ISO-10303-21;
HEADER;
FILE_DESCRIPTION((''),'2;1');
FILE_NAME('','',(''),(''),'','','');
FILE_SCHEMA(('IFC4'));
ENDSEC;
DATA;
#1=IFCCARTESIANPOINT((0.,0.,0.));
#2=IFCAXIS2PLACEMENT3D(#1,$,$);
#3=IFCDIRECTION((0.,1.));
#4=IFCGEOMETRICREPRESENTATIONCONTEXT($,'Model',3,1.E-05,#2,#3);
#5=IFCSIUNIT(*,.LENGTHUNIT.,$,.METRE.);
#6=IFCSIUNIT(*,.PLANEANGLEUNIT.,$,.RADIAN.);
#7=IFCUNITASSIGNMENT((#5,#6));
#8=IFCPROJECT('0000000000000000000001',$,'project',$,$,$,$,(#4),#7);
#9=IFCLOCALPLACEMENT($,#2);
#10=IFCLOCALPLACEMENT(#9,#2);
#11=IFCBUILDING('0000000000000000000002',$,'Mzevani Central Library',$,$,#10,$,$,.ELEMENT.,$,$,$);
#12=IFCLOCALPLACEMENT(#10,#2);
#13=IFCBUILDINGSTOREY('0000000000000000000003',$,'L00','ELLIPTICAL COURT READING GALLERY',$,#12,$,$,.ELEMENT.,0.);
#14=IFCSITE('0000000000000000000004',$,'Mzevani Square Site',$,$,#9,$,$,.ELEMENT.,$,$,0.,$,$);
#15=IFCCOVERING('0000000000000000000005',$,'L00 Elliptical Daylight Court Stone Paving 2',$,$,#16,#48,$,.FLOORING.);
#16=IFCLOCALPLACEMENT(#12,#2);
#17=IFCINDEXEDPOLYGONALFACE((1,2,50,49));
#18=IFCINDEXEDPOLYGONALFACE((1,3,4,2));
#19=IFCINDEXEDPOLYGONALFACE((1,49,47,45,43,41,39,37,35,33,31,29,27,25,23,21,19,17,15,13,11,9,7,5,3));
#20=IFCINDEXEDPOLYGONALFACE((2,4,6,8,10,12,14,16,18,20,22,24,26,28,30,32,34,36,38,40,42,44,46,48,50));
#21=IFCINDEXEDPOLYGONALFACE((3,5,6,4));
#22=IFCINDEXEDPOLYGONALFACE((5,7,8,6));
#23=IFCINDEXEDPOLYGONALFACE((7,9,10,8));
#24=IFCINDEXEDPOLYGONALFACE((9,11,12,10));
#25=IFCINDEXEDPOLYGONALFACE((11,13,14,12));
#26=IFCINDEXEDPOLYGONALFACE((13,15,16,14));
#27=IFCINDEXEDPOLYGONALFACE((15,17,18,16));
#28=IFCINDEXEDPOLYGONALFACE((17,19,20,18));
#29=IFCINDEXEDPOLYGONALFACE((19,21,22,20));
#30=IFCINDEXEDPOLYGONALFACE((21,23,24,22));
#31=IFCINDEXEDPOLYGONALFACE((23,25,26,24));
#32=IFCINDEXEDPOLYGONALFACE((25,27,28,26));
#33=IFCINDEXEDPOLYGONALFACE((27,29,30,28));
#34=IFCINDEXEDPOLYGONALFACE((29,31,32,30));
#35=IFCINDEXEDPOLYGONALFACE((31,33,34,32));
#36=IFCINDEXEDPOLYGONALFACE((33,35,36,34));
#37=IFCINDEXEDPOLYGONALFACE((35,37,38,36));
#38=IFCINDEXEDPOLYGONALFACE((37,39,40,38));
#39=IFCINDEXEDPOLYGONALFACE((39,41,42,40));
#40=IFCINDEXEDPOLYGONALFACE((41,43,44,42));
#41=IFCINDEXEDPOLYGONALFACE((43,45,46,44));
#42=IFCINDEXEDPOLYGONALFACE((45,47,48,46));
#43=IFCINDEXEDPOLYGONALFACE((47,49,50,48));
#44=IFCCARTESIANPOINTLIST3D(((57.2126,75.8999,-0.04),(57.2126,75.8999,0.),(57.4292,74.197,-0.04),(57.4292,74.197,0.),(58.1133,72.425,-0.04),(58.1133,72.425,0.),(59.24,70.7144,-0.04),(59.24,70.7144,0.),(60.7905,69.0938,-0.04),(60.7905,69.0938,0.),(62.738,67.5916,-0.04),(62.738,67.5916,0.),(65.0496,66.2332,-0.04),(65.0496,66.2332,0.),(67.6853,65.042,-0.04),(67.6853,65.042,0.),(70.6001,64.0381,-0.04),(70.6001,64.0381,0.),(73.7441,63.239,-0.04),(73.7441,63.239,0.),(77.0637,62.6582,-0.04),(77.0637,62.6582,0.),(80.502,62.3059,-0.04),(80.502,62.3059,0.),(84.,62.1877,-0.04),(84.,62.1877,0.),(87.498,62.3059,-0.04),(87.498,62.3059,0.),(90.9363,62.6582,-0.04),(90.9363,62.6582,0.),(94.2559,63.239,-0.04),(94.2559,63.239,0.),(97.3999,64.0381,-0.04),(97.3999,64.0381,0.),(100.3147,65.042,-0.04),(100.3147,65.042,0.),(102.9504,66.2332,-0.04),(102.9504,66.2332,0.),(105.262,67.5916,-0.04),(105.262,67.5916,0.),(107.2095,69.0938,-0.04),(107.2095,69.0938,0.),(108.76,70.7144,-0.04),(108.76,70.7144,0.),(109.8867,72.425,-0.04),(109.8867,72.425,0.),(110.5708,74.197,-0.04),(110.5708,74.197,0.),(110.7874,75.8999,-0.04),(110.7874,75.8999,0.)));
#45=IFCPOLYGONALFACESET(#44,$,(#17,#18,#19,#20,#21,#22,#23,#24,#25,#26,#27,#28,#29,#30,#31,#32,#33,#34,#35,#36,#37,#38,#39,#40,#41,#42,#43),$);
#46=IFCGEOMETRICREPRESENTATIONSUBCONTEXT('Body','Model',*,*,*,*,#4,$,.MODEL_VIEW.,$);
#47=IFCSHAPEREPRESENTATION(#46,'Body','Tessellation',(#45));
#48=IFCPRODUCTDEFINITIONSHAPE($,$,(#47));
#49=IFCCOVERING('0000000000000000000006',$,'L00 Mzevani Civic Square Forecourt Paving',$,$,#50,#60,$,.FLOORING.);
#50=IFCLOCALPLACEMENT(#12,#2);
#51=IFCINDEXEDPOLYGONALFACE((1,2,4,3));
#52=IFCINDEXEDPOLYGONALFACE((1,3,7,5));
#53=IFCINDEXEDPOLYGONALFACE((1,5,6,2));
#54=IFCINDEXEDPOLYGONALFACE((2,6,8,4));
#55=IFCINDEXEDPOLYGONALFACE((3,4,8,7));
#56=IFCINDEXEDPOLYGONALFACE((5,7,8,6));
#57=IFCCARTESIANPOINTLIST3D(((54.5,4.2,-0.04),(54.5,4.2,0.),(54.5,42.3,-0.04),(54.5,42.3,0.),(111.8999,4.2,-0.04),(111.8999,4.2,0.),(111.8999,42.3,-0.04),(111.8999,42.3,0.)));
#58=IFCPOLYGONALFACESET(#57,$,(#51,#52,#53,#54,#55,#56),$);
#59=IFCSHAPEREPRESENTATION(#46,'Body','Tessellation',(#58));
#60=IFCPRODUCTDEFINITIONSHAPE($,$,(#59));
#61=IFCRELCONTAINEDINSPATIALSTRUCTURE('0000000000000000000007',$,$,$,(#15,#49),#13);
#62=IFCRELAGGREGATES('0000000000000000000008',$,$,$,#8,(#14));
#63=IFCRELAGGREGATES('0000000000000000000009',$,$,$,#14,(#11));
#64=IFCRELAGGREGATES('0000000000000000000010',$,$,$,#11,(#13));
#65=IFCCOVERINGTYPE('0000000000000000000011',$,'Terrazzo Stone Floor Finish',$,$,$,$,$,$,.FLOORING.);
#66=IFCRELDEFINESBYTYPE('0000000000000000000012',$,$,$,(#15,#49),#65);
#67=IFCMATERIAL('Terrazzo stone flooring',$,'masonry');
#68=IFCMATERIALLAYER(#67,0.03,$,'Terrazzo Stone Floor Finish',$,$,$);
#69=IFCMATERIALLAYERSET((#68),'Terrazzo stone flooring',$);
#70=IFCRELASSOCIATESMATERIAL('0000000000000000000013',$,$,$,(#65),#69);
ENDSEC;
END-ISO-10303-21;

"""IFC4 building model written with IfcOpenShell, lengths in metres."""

from ifc_helpers import new_model, si_unit, direction, frame, origin, place, context, subcontext, project, spatial, polyline, outline, extrude, material, layer, layer_set, type_object, element, save


model = new_model("IFC4")

# Units and contexts
model_context = context("Model", 3, precision=1e-05, world=origin(), true_north=direction((0.0, 1.0)))
body_context = subcontext(model_context, "Body", "Model", "MODEL_VIEW")
ifc_project = project(units=[si_unit("LENGTHUNIT", "METRE"), si_unit("PLANEANGLEUNIT", "RADIAN")], contexts=[model_context])

# Site, building, storey
site_placement = place(None, origin())
site = spatial("IfcSite", under=ifc_project, at=site_placement, Name="Mzevani Square Site", CompositionType="ELEMENT", RefElevation=0.0)
building_placement = place(site_placement, origin())
building = spatial("IfcBuilding", under=site, at=building_placement, Name="Mzevani Central Library", CompositionType="ELEMENT")
storey_placement = place(building_placement, origin())
storey = spatial("IfcBuildingStorey", under=building, at=storey_placement, Name="L00", Description="ELLIPTICAL COURT READING GALLERY", CompositionType="ELEMENT", Elevation=0.0)

# Coverings
ifc_material_1 = material(Name="Terrazzo stone flooring", Category="masonry")
ifc_layer_1 = layer(ifc_material_1, 0.03, Name="Terrazzo Stone Floor Finish")
ifc_layer_set_1 = layer_set([ifc_layer_1], Name="Terrazzo stone flooring")
covering_type = type_object("IfcCoveringType", Name="Terrazzo Stone Floor Finish", PredefinedType="FLOORING", material=ifc_layer_set_1)
covering_1_placement = place(storey_placement, frame((0.0, 0.0, -0.04)))
element("IfcCovering", 1, at=covering_1_placement, inside=storey, type_object=covering_type, Name="L00 Elliptical Daylight Court Stone Paving 2", PredefinedType="FLOORING", context=body_context, shape_type="SweptSolid", body=[
    extrude(outline(polyline([(110.5708, 74.197), (109.8867, 72.425), (108.76, 70.7144), (107.2095, 69.0938), (105.262, 67.5916), (102.9504, 66.2332), (100.3147, 65.042), (97.3999, 64.0381), (94.2559, 63.239), (90.9363, 62.6582), (87.498, 62.3059), (84.0, 62.1877), (80.502, 62.3059), (77.0637, 62.6582), (73.7441, 63.239), (70.6001, 64.0381), (67.6853, 65.042), (65.0496, 66.2332), (62.738, 67.5916), (60.7905, 69.0938), (59.24, 70.7144), (58.1133, 72.425), (57.4292, 74.197), (57.2126, 75.8999), (110.7874, 75.8999), (110.5708, 74.197)])), origin(), (0.0, 0.0, 1.0), 0.04),
])
covering_2_placement = place(storey_placement, frame((0.0, 0.0, -0.04)))
element("IfcCovering", 2, at=covering_2_placement, inside=storey, type_object=covering_type, Name="L00 Mzevani Civic Square Forecourt Paving", PredefinedType="FLOORING", context=body_context, shape_type="SweptSolid", body=[
    extrude(outline(polyline([(54.5, 4.2), (111.8999, 4.2), (111.8999, 42.3), (54.5, 42.3), (54.5, 4.2)])), origin(), (0.0, 0.0, 1.0), 0.04),
])

save(model, "model.ifc")
